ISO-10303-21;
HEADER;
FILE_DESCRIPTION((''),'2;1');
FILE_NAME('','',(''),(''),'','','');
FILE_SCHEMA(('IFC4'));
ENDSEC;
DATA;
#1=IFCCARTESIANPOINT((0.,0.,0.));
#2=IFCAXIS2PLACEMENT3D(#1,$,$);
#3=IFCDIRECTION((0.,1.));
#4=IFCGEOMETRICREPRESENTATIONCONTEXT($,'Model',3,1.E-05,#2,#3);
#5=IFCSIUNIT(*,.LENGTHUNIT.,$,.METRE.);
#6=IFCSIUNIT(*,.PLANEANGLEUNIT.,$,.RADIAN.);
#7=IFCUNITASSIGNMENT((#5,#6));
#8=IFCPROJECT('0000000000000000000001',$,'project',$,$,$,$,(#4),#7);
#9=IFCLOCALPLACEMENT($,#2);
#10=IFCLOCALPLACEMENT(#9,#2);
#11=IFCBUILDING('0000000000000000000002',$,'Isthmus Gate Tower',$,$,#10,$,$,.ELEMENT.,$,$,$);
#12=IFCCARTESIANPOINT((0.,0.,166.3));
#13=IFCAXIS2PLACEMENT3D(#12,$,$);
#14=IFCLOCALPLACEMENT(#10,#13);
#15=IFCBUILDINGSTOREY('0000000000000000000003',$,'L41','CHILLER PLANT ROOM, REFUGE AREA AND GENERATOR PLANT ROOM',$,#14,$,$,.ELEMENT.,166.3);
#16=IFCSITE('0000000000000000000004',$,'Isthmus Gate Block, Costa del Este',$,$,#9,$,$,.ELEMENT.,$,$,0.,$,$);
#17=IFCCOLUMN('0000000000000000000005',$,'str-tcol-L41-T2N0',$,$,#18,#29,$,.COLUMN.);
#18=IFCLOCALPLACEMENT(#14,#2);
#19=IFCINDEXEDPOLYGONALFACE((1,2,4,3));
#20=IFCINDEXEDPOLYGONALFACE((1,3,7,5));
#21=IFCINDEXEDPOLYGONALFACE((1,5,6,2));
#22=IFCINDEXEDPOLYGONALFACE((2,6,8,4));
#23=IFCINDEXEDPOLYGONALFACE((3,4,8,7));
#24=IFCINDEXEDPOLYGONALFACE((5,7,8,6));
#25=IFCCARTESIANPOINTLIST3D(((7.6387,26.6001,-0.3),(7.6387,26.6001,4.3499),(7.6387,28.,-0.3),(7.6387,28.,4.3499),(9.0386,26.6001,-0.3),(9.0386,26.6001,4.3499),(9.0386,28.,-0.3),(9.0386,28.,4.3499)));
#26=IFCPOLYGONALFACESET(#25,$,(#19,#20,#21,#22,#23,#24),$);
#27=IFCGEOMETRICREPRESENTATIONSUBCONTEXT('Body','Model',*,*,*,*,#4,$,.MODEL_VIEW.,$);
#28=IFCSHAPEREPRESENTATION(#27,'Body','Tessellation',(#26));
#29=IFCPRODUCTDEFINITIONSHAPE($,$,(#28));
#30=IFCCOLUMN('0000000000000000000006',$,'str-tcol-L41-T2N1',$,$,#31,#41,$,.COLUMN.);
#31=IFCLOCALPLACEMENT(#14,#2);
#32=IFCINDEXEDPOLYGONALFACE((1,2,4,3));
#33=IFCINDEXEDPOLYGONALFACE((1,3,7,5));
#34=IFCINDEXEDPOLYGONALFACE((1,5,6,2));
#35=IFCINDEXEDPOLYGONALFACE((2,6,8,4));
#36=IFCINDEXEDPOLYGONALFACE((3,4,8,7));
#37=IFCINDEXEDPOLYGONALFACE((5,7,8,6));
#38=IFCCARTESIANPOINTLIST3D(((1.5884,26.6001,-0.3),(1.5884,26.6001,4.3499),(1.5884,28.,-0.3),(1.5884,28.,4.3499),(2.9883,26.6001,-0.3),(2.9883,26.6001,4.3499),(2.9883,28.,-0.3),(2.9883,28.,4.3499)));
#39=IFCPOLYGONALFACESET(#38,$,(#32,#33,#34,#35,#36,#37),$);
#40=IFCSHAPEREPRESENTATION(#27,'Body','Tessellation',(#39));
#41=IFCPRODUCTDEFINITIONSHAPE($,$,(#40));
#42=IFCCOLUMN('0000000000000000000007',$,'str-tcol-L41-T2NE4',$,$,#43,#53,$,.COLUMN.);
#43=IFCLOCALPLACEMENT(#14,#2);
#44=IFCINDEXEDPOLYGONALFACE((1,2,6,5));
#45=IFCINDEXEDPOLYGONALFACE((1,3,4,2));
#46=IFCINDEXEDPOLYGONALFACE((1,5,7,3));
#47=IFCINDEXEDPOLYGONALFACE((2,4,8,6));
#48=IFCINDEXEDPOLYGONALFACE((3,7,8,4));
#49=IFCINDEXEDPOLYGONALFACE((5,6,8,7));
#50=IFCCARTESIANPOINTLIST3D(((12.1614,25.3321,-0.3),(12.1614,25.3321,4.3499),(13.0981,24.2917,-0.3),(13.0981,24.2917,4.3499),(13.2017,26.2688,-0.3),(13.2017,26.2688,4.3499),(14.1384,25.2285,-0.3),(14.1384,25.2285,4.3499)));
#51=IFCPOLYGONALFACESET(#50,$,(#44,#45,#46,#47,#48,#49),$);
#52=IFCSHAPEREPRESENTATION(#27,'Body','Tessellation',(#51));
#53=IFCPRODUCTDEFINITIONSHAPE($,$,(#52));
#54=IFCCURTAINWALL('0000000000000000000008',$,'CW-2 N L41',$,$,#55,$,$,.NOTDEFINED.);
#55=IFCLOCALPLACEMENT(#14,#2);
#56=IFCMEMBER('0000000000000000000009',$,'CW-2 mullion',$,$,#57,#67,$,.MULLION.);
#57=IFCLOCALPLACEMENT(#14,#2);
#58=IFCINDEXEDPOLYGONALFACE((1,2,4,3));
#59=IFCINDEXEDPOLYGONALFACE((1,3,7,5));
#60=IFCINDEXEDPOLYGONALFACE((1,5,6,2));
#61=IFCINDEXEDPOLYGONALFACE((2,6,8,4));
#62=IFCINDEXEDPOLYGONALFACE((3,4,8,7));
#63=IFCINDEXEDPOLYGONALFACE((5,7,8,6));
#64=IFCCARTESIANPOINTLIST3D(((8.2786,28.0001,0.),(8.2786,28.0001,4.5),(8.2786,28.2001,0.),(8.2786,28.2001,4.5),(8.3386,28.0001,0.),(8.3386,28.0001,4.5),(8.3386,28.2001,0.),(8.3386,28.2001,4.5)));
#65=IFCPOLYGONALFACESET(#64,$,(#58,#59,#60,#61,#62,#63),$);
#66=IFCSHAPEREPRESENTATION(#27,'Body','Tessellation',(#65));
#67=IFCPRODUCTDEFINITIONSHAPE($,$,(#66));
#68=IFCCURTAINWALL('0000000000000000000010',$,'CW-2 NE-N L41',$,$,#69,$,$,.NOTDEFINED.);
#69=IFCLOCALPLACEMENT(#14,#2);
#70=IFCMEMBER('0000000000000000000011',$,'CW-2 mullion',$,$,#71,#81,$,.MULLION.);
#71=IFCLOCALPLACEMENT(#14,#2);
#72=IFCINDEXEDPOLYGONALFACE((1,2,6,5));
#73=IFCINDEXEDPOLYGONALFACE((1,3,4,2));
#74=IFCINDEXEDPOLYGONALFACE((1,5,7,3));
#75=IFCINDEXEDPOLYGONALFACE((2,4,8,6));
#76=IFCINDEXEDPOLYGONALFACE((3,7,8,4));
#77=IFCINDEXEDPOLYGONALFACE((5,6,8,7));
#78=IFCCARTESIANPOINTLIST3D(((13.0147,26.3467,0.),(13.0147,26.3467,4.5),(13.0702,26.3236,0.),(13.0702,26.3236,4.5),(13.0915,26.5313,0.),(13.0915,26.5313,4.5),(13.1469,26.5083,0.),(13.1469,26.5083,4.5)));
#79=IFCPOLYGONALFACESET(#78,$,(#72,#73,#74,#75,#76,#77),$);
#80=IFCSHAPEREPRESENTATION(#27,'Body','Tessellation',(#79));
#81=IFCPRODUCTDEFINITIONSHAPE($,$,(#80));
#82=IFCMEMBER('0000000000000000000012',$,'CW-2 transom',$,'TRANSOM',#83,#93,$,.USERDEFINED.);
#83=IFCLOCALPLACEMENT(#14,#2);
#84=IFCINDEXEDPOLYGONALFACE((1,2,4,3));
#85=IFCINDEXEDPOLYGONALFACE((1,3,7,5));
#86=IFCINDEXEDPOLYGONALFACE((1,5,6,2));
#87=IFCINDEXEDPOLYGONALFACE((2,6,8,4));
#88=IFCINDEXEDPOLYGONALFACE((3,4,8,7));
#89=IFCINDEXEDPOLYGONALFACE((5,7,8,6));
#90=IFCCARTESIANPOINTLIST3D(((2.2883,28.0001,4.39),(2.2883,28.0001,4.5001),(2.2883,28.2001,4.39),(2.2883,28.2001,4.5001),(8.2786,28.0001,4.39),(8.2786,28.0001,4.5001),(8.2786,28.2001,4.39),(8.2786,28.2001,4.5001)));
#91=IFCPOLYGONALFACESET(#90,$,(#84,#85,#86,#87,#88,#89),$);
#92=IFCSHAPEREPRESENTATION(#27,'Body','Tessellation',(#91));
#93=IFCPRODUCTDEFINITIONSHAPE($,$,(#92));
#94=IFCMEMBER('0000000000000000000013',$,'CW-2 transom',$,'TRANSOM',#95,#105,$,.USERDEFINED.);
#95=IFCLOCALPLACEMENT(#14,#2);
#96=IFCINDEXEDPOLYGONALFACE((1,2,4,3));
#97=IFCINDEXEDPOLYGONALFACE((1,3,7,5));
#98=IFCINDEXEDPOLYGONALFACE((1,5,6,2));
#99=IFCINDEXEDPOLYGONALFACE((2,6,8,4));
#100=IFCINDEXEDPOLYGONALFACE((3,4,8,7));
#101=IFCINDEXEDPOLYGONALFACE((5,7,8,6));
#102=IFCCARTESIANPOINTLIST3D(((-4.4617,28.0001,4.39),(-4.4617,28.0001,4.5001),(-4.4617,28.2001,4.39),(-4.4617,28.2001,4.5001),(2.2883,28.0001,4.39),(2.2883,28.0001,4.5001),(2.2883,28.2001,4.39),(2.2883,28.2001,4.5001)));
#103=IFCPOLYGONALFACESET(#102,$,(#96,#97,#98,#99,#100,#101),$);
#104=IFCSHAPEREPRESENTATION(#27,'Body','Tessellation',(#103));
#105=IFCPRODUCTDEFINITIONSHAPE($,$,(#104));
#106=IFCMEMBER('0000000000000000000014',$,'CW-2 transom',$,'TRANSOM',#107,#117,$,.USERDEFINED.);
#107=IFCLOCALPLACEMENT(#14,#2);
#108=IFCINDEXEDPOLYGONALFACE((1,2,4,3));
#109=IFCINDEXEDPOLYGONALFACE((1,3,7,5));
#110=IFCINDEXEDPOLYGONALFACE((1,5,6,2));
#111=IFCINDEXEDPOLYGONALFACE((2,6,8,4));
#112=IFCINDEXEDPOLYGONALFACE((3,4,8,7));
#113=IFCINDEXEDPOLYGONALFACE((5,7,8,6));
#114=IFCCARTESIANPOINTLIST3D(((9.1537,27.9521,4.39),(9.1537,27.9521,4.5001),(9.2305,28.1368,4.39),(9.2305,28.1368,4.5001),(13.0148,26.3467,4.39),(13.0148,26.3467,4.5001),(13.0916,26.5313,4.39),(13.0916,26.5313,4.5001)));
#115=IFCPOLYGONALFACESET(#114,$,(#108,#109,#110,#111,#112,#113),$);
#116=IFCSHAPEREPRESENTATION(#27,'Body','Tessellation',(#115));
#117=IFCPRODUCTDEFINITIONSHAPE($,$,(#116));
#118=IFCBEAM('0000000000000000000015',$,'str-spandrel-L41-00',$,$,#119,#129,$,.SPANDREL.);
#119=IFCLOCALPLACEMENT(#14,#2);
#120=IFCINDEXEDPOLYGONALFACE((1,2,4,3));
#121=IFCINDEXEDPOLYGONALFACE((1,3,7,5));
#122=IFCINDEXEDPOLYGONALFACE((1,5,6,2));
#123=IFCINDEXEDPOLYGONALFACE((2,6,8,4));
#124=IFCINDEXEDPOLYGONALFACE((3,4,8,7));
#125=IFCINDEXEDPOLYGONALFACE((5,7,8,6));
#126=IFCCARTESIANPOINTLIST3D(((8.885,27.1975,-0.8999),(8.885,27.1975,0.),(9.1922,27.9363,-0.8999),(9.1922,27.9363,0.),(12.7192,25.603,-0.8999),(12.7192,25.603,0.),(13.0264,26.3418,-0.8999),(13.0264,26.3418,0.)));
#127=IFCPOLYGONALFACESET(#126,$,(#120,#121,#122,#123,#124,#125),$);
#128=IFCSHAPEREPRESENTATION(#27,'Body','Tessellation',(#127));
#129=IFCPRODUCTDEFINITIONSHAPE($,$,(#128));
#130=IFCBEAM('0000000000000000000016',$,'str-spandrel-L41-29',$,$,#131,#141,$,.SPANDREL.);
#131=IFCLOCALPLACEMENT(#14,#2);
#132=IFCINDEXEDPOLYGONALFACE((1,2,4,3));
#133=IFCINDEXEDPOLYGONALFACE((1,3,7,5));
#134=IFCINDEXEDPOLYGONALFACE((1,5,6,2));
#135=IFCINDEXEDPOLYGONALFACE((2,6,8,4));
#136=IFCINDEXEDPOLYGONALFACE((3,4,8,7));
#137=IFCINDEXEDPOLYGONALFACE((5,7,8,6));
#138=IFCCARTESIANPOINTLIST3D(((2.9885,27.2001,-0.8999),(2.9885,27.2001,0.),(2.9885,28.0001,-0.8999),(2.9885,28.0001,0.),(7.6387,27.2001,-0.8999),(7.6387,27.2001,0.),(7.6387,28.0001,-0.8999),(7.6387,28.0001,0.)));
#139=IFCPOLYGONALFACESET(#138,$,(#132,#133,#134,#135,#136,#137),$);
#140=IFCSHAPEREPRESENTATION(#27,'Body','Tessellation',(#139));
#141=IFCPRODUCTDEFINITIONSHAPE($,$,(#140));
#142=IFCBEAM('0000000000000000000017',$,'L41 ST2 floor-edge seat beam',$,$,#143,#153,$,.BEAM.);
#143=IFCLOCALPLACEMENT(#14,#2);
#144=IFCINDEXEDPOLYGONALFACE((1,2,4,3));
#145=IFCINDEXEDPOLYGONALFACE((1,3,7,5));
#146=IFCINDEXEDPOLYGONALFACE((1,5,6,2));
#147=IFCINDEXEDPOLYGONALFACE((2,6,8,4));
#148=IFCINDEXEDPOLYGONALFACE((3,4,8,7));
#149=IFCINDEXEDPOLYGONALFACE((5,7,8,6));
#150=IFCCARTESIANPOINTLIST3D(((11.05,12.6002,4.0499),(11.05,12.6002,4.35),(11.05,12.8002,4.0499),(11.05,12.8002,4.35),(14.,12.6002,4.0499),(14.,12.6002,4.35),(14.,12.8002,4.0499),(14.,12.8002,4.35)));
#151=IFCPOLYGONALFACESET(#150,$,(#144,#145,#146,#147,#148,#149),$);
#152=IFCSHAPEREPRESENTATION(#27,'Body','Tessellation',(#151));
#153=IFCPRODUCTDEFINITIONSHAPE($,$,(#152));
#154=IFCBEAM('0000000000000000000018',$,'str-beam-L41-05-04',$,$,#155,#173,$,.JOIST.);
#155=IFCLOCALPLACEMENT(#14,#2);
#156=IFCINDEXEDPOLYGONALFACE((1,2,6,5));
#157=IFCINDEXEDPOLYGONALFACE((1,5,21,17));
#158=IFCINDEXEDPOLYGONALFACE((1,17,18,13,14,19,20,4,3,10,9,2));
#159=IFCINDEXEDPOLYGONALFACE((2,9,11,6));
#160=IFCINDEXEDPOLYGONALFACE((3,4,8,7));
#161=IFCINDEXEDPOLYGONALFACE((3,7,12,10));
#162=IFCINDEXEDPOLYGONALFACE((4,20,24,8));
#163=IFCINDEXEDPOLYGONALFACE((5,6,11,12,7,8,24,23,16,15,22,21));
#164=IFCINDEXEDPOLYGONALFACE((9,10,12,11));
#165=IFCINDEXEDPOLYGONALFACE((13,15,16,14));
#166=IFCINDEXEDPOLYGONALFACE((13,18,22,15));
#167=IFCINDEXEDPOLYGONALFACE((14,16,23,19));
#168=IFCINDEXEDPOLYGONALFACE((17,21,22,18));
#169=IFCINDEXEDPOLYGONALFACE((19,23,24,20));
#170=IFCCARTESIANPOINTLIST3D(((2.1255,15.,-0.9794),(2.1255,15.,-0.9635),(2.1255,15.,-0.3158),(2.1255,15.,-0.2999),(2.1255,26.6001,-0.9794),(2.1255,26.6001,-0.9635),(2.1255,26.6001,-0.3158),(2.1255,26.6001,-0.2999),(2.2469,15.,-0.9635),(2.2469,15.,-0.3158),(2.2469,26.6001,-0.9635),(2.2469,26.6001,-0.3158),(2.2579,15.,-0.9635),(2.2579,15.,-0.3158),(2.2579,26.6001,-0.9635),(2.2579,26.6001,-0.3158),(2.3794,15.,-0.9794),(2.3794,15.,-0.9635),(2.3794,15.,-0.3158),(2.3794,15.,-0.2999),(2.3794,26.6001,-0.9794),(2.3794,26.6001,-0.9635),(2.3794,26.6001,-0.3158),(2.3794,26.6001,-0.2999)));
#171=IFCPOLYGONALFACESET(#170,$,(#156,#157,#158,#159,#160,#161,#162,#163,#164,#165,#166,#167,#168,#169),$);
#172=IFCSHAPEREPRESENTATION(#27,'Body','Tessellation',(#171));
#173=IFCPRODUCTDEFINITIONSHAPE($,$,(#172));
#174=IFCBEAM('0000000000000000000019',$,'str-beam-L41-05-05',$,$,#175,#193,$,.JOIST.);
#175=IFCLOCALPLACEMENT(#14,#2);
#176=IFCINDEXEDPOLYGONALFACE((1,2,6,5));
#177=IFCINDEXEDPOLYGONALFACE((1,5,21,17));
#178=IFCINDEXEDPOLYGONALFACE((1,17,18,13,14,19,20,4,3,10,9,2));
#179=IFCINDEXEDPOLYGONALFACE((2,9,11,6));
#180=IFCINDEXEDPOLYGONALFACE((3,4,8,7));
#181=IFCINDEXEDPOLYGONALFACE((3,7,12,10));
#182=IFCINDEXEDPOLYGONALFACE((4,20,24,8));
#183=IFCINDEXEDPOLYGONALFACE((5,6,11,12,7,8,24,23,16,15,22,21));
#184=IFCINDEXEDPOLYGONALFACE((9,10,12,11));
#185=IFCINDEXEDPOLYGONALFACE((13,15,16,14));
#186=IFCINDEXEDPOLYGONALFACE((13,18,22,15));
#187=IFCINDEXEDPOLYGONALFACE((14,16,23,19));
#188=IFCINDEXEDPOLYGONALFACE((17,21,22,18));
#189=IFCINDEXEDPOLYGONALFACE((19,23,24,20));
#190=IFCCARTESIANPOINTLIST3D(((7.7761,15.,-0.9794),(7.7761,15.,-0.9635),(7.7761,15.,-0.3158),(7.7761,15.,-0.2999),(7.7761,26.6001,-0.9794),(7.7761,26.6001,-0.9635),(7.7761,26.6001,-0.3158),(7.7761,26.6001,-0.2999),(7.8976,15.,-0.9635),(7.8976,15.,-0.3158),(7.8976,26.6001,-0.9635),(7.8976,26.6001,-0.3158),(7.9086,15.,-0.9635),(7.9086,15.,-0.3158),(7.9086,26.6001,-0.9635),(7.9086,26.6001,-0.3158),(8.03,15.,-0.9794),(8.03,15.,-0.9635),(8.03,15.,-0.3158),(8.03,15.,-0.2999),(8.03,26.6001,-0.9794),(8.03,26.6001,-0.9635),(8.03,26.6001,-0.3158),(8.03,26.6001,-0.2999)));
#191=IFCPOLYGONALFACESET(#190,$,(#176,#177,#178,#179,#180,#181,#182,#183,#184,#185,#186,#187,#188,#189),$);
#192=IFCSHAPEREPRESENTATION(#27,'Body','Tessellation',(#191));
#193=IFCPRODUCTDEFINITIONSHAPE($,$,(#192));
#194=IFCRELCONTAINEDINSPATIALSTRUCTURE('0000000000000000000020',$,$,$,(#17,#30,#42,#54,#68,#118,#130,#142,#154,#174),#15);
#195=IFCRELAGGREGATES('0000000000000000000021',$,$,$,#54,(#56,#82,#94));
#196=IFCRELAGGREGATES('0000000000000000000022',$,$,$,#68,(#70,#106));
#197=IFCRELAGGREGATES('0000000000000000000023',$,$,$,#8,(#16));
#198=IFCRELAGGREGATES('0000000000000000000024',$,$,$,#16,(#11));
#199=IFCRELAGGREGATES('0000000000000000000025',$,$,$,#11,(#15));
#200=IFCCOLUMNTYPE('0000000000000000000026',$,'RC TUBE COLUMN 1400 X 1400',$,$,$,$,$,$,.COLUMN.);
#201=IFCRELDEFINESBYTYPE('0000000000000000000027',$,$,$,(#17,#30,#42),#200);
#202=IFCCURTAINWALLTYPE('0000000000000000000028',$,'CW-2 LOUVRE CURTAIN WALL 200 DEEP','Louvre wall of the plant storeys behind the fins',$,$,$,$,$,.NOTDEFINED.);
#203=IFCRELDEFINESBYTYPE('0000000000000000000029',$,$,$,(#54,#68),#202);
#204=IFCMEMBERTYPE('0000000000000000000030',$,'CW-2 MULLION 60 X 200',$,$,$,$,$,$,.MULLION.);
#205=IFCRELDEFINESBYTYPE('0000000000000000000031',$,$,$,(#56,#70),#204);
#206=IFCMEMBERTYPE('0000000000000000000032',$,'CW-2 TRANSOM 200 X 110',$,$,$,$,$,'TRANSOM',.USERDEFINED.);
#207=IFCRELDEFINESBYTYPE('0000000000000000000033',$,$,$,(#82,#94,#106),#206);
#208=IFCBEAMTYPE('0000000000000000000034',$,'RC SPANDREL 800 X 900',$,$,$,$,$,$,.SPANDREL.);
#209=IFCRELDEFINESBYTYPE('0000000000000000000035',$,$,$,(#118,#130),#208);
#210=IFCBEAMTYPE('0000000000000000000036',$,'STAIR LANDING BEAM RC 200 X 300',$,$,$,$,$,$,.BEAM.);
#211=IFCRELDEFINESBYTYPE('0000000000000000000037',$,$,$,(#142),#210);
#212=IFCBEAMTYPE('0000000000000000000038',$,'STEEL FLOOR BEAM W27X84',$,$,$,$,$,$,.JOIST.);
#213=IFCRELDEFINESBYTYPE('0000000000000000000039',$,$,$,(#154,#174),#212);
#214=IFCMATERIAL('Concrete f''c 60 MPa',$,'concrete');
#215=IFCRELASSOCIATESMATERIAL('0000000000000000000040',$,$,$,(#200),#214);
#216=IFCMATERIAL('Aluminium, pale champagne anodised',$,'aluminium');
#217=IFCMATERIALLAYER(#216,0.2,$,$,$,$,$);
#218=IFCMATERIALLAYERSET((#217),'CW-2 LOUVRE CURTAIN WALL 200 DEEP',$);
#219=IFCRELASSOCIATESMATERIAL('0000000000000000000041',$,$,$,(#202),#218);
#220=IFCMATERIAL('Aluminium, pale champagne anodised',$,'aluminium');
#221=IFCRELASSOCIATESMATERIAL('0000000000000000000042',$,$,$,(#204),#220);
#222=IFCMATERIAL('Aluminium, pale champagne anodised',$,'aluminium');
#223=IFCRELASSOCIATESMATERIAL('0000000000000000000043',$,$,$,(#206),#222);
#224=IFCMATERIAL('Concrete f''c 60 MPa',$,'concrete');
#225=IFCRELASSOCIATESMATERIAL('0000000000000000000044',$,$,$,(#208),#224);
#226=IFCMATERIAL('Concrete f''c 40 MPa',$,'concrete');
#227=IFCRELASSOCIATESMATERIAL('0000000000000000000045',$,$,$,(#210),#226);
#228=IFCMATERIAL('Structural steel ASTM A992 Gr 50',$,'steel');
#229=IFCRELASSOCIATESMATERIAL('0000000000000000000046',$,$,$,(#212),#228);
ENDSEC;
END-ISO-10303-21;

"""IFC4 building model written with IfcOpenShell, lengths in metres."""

from ifc_helpers import new_model, si_unit, direction, frame, origin, origin_2d, place, context, subcontext, project, spatial, rectangle, i_section, extrude, material, layer, layer_set, material_profile, profile_set, type_object, element, aggregate, save


model = new_model("IFC4")

# Units and contexts
model_context = context("Model", 3, precision=1e-05, world=origin(), true_north=direction((0.0, 1.0)))
body_context = subcontext(model_context, "Body", "Model", "MODEL_VIEW")
ifc_project = project(units=[si_unit("LENGTHUNIT", "METRE"), si_unit("PLANEANGLEUNIT", "RADIAN")], contexts=[model_context])

# Site, building, storey
site_placement = place(None, origin())
site = spatial("IfcSite", under=ifc_project, at=site_placement, Name="Isthmus Gate Block, Costa del Este", CompositionType="ELEMENT", RefElevation=0.0)
building_placement = place(site_placement, origin())
building = spatial("IfcBuilding", under=site, at=building_placement, Name="Isthmus Gate Tower", CompositionType="ELEMENT")
storey_placement = place(building_placement, frame((0.0, 0.0, 166.3)))
storey = spatial("IfcBuildingStorey", under=building, at=storey_placement, Name="L41", Description="CHILLER PLANT ROOM, REFUGE AREA AND GENERATOR PLANT ROOM", CompositionType="ELEMENT", Elevation=166.3)

# Columns
ifc_material_1 = material(Name="Concrete f'c 60 MPa", Category="concrete")
ifc_material_profile_1 = material_profile(ifc_material_1, rectangle(XDim=1.3999, YDim=1.3999, at=origin_2d()), Name="RC 1400X1400")
ifc_profile_set_1 = profile_set([ifc_material_profile_1], Name="Concrete f'c 60 MPa")
column_type = type_object("IfcColumnType", Name="RC TUBE COLUMN 1400 X 1400", PredefinedType="COLUMN", material=ifc_profile_set_1)
for number, where, z_axis, x_axis, name in (
    (1, (8.3386, 27.3, -0.3), (0.0, 0.0, 1.0), (-1.0, 0.0, 0.0), "str-tcol-L41-T2N0"),
    (2, (2.2883, 27.3, -0.3), (0.0, 0.0, 1.0), (-1.0, 0.0, 0.0), "str-tcol-L41-T2N1"),
    (3, (13.1499, 25.2803, -0.3), (0.0, 0.0, 1.0), (-0.669131, 0.743145, 0.0), "str-tcol-L41-T2NE4"),
):
    element("IfcColumn", number, at=place(storey_placement, frame(where, z_axis=z_axis, x_axis=x_axis)), inside=storey, type_object=column_type, Name=name, PredefinedType="COLUMN", context=body_context, shape_type="SweptSolid", body=[
        extrude(rectangle(XDim=1.3999, YDim=1.3999, at=origin_2d()), origin(), (0.0, 0.0, 1.0), 4.6499),
    ])

# Curtain walls, members
ifc_material_2 = material(Name="Aluminium, pale champagne anodised", Category="aluminium")
ifc_layer_1 = layer(ifc_material_2, 0.2)
ifc_layer_set_1 = layer_set([ifc_layer_1], Name="CW-2 LOUVRE CURTAIN WALL 200 DEEP")
curtain_wall_type = type_object("IfcCurtainWallType", Name="CW-2 LOUVRE CURTAIN WALL 200 DEEP", Description="Louvre wall of the plant storeys behind the fins", PredefinedType="NOTDEFINED", material=ifc_layer_set_1)
curtain_wall_1_placement = place(storey_placement, origin())
curtain_wall_1 = element("IfcCurtainWall", 4, at=curtain_wall_1_placement, inside=storey, type_object=curtain_wall_type, Name="CW-2 N L41", PredefinedType="NOTDEFINED")
ifc_material_3 = material(Name="Aluminium, pale champagne anodised", Category="aluminium")
ifc_material_profile_2 = material_profile(ifc_material_3, rectangle(XDim=0.0601, YDim=0.2, at=origin_2d()), Name="60x200")
ifc_profile_set_2 = profile_set([ifc_material_profile_2], Name="Aluminium, pale champagne anodised")
member_type_1 = type_object("IfcMemberType", Name="CW-2 MULLION 60 X 200", PredefinedType="MULLION", material=ifc_profile_set_2)
member_1_placement = place(storey_placement, frame((8.3086, 28.1001, 0.0), z_axis=(0.0, 0.0, 1.0), x_axis=(-1.0, 0.0, 0.0)))
member_1 = element("IfcMember", 5, at=member_1_placement, type_object=member_type_1, Name="CW-2 mullion", PredefinedType="MULLION", context=body_context, shape_type="SweptSolid", body=[
    extrude(rectangle(XDim=0.0601, YDim=0.2, at=origin_2d()), origin(), (0.0, 0.0, 1.0), 4.5),
])
curtain_wall_2_placement = place(storey_placement, origin())
curtain_wall_2 = element("IfcCurtainWall", 6, at=curtain_wall_2_placement, inside=storey, type_object=curtain_wall_type, Name="CW-2 NE-N L41", PredefinedType="NOTDEFINED")
member_2_placement = place(storey_placement, frame((13.0808, 26.4275, 0.0), z_axis=(0.0, 0.0, 1.0), x_axis=(-0.923353, 0.383952, 0.0)))
member_2 = element("IfcMember", 7, at=member_2_placement, type_object=member_type_1, Name="CW-2 mullion", PredefinedType="MULLION", context=body_context, shape_type="SweptSolid", body=[
    extrude(rectangle(XDim=0.0601, YDim=0.2, at=origin_2d()), origin(), (0.0, 0.0, 1.0), 4.5),
])

# Members
ifc_material_4 = material(Name="Aluminium, pale champagne anodised", Category="aluminium")
ifc_material_profile_3 = material_profile(ifc_material_4, rectangle(XDim=0.2, YDim=0.1101, at=origin_2d()), Name="200x110")
ifc_profile_set_3 = profile_set([ifc_material_profile_3], Name="Aluminium, pale champagne anodised")
member_type_2 = type_object("IfcMemberType", Name="CW-2 TRANSOM 200 X 110", ElementType="TRANSOM", PredefinedType="USERDEFINED", material=ifc_profile_set_3)
member_3_placement = place(storey_placement, frame((8.2786, 28.1001, 4.4451), z_axis=(-1.0, 0.0, 0.0), x_axis=(0.0, -1.0, 0.0)))
member_3 = element("IfcMember", 8, at=member_3_placement, type_object=member_type_2, Name="CW-2 transom", ObjectType="TRANSOM", PredefinedType="USERDEFINED", context=body_context, shape_type="SweptSolid", body=[
    extrude(rectangle(XDim=0.2, YDim=0.1101, at=origin_2d()), origin(), (0.0, 0.0, 1.0), 5.9902),
])
member_4_placement = place(storey_placement, frame((2.2883, 28.1001, 4.4451), z_axis=(-1.0, 0.0, 0.0), x_axis=(0.0, -1.0, 0.0)))
member_4 = element("IfcMember", 9, at=member_4_placement, type_object=member_type_2, Name="CW-2 transom", ObjectType="TRANSOM", PredefinedType="USERDEFINED", context=body_context, shape_type="SweptSolid", body=[
    extrude(rectangle(XDim=0.2, YDim=0.1101, at=origin_2d()), origin(), (0.0, 0.0, 1.0), 6.75),
])
member_5_placement = place(storey_placement, frame((13.0532, 26.439, 4.4451), z_axis=(-0.923358, 0.38394, 0.0), x_axis=(-0.38394, -0.923358, 0.0)))
member_5 = element("IfcMember", 10, at=member_5_placement, type_object=member_type_2, Name="CW-2 transom", ObjectType="TRANSOM", PredefinedType="USERDEFINED", context=body_context, shape_type="SweptSolid", body=[
    extrude(rectangle(XDim=0.2, YDim=0.1101, at=origin_2d()), origin(), (0.0, 0.0, 1.0), 4.1816),
])

# Beams
ifc_material_5 = material(Name="Concrete f'c 60 MPa", Category="concrete")
ifc_material_profile_4 = material_profile(ifc_material_5, rectangle(XDim=0.8, YDim=0.8999, at=origin_2d()), Name="RC 800X900")
ifc_profile_set_4 = profile_set([ifc_material_profile_4], Name="Concrete f'c 60 MPa")
beam_type_1 = type_object("IfcBeamType", Name="RC SPANDREL 800 X 900", PredefinedType="SPANDREL", material=ifc_profile_set_4)
beam_1_placement = place(storey_placement, frame((9.0386, 27.5669, -0.45), z_axis=(0.923343, -0.383977, 0.0), x_axis=(0.383977, 0.923343, 0.0)))
element("IfcBeam", 11, at=beam_1_placement, inside=storey, type_object=beam_type_1, Name="str-spandrel-L41-00", PredefinedType="SPANDREL", context=body_context, shape_type="SweptSolid", body=[
    extrude(rectangle(XDim=0.8, YDim=0.8999, at=origin_2d()), origin(), (0.0, 0.0, 1.0), 4.1526),
])
beam_2_placement = place(storey_placement, frame((2.9885, 27.6001, -0.45), z_axis=(1.0, 0.0, 0.0), x_axis=(0.0, 1.0, 0.0)))
element("IfcBeam", 12, at=beam_2_placement, inside=storey, type_object=beam_type_1, Name="str-spandrel-L41-29", PredefinedType="SPANDREL", context=body_context, shape_type="SweptSolid", body=[
    extrude(rectangle(XDim=0.8, YDim=0.8999, at=origin_2d()), origin(), (0.0, 0.0, 1.0), 4.6501),
])
ifc_material_6 = material(Name="Concrete f'c 40 MPa", Category="concrete")
ifc_material_profile_5 = material_profile(ifc_material_6, rectangle(XDim=0.2, YDim=0.3, at=origin_2d()), Name="STAIR LANDING BEAM RC 200 X 300")
ifc_profile_set_5 = profile_set([ifc_material_profile_5], Name="Concrete f'c 40 MPa")
beam_type_2 = type_object("IfcBeamType", Name="STAIR LANDING BEAM RC 200 X 300", PredefinedType="BEAM", material=ifc_profile_set_5)
beam_3_placement = place(storey_placement, frame((11.05, 12.7002, 4.2), z_axis=(1.0, 0.0, 0.0), x_axis=(0.0, 1.0, 0.0)))
element("IfcBeam", 13, at=beam_3_placement, inside=storey, type_object=beam_type_2, Name="L41 ST2 floor-edge seat beam", PredefinedType="BEAM", context=body_context, shape_type="SweptSolid", body=[
    extrude(rectangle(XDim=0.2, YDim=0.3, at=origin_2d()), origin(), (0.0, 0.0, 1.0), 2.95),
])
ifc_material_7 = material(Name="Structural steel ASTM A992 Gr 50", Category="steel")
ifc_material_profile_6 = material_profile(ifc_material_7, i_section(OverallWidth=0.2539, OverallDepth=0.6794, WebThickness=0.011, FlangeThickness=0.0159, at=origin_2d()), Name="W27X84")
ifc_profile_set_6 = profile_set([ifc_material_profile_6], Name="Structural steel ASTM A992 Gr 50")
beam_type_3 = type_object("IfcBeamType", Name="STEEL FLOOR BEAM W27X84", PredefinedType="JOIST", material=ifc_profile_set_6)
for number, where, z_axis, x_axis, name in (
    (14, (2.2524, 15.0, -0.6396), (0.0, 1.0, 0.0), (-1.0, 0.0, 0.0), "str-beam-L41-05-04"),
    (15, (7.9031, 15.0, -0.6396), (0.0, 1.0, 0.0), (-1.0, 0.0, 0.0), "str-beam-L41-05-05"),
):
    element("IfcBeam", number, at=place(storey_placement, frame(where, z_axis=z_axis, x_axis=x_axis)), inside=storey, type_object=beam_type_3, Name=name, PredefinedType="JOIST", context=body_context, shape_type="SweptSolid", body=[
        extrude(i_section(OverallWidth=0.2539, OverallDepth=0.6794, WebThickness=0.011, FlangeThickness=0.0159, at=origin_2d()), origin(), (0.0, 0.0, 1.0), 11.6001),
    ])

aggregate(curtain_wall_1, [member_1, member_3, member_4])
aggregate(curtain_wall_2, [member_2, member_5])

save(model, "model.ifc")
